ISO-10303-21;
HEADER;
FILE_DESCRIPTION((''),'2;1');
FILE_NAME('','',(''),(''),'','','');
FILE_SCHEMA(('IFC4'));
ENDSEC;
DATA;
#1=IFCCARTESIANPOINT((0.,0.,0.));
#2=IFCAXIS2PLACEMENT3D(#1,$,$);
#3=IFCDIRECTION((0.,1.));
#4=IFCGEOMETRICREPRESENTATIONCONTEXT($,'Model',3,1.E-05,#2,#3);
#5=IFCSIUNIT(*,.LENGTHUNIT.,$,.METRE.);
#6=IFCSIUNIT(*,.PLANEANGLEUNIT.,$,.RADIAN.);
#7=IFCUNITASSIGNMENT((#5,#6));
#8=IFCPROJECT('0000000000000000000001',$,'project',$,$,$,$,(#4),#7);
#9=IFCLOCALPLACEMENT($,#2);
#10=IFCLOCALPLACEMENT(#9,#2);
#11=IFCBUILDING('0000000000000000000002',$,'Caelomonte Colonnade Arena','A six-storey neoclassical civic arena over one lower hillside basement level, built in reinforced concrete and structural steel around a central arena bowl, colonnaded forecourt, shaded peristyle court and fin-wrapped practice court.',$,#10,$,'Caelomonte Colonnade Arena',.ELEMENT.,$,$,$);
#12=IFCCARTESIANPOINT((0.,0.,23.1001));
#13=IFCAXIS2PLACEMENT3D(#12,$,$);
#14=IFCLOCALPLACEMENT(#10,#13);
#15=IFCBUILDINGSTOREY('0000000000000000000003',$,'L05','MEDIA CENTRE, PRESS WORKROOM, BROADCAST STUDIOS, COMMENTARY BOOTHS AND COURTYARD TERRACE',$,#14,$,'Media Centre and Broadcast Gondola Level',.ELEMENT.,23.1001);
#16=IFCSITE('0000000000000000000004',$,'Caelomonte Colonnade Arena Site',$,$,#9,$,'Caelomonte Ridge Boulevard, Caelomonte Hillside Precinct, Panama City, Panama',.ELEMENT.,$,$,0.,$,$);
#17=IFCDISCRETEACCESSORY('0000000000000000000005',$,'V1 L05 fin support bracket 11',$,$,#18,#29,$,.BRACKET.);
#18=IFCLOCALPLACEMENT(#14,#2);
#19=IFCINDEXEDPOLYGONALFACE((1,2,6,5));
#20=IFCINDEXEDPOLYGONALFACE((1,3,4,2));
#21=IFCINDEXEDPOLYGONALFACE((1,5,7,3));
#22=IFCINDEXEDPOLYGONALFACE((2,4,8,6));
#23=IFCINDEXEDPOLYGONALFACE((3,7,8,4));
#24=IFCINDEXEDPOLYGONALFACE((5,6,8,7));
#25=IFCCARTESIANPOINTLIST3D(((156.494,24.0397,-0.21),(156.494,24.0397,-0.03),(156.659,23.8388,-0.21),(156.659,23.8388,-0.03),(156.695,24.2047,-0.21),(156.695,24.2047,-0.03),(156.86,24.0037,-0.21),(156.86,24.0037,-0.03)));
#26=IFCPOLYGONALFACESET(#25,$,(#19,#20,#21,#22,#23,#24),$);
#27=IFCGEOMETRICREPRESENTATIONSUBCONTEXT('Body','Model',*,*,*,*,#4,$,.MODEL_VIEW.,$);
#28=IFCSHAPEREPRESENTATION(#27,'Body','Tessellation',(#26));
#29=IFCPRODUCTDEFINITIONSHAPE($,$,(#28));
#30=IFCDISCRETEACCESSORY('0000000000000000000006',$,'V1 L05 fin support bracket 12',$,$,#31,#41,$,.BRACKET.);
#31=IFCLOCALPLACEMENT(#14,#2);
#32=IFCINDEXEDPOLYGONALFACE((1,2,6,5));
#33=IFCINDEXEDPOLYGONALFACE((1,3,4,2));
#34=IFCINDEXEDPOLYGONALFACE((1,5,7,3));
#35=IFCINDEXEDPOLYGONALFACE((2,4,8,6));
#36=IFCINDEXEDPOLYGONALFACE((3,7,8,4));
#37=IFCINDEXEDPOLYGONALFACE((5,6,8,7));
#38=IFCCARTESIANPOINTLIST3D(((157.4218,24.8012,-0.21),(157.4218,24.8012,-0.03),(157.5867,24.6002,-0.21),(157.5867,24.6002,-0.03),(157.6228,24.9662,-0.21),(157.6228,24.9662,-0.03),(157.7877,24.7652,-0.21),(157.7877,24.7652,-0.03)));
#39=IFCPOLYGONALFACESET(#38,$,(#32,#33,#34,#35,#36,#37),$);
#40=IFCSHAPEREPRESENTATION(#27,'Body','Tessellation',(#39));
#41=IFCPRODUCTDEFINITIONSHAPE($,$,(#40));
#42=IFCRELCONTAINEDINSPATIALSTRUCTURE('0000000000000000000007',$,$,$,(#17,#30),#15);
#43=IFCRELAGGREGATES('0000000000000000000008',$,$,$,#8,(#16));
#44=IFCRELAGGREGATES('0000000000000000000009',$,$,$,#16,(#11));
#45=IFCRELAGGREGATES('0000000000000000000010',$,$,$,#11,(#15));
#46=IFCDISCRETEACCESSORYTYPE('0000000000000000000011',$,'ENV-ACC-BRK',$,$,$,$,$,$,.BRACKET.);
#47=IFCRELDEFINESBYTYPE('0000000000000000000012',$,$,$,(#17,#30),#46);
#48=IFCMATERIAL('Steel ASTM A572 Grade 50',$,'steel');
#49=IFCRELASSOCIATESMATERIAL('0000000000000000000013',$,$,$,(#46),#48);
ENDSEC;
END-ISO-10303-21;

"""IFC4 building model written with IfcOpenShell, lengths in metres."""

from ifc_helpers import new_model, si_unit, direction, frame, origin, origin_2d, place, context, subcontext, project, spatial, rectangle, extrude, material, type_object, element, save


model = new_model("IFC4")

# Units and contexts
model_context = context("Model", 3, precision=1e-05, world=origin(), true_north=direction((0.0, 1.0)))
body_context = subcontext(model_context, "Body", "Model", "MODEL_VIEW")
ifc_project = project(units=[si_unit("LENGTHUNIT", "METRE"), si_unit("PLANEANGLEUNIT", "RADIAN")], contexts=[model_context])

# Site, building, storey
site_placement = place(None, origin())
site = spatial("IfcSite", under=ifc_project, at=site_placement, Name="Caelomonte Colonnade Arena Site", LongName="Caelomonte Ridge Boulevard, Caelomonte Hillside Precinct, Panama City, Panama", CompositionType="ELEMENT", RefElevation=0.0)
building_placement = place(site_placement, origin())
building = spatial("IfcBuilding", under=site, at=building_placement, Name="Caelomonte Colonnade Arena", Description="A six-storey neoclassical civic arena over one lower hillside basement level, built in reinforced concrete and structural steel around a central arena bowl, colonnaded forecourt, shaded peristyle court and fin-wrapped practice court.", LongName="Caelomonte Colonnade Arena", CompositionType="ELEMENT")
storey_placement = place(building_placement, frame((0.0, 0.0, 23.1001)))
storey = spatial("IfcBuildingStorey", under=building, at=storey_placement, Name="L05", Description="MEDIA CENTRE, PRESS WORKROOM, BROADCAST STUDIOS, COMMENTARY BOOTHS AND COURTYARD TERRACE", LongName="Media Centre and Broadcast Gondola Level", CompositionType="ELEMENT", Elevation=23.1001)

# Discrete accessories
ifc_material_1 = material(Name="Steel ASTM A572 Grade 50", Category="steel")
discrete_accessory_type = type_object("IfcDiscreteAccessoryType", Name="ENV-ACC-BRK", PredefinedType="BRACKET", material=ifc_material_1)
for number, where, z_axis, x_axis, name in (
    (1, (156.677, 24.0217, -0.21), (0.0, 0.0, 1.0), (0.772994, 0.634414, 0.0), "V1 L05 fin support bracket 11"),
    (2, (157.6047, 24.7832, -0.21), (0.0, 0.0, 1.0), (0.772994, 0.634414, 0.0), "V1 L05 fin support bracket 12"),
):
    element("IfcDiscreteAccessory", number, at=place(storey_placement, frame(where, z_axis=z_axis, x_axis=x_axis)), inside=storey, type_object=discrete_accessory_type, Name=name, PredefinedType="BRACKET", context=body_context, shape_type="SweptSolid", body=[
        extrude(rectangle(XDim=0.26, YDim=0.26, at=origin_2d()), origin(), (0.0, 0.0, 1.0), 0.1799),
    ])

save(model, "model.ifc")
